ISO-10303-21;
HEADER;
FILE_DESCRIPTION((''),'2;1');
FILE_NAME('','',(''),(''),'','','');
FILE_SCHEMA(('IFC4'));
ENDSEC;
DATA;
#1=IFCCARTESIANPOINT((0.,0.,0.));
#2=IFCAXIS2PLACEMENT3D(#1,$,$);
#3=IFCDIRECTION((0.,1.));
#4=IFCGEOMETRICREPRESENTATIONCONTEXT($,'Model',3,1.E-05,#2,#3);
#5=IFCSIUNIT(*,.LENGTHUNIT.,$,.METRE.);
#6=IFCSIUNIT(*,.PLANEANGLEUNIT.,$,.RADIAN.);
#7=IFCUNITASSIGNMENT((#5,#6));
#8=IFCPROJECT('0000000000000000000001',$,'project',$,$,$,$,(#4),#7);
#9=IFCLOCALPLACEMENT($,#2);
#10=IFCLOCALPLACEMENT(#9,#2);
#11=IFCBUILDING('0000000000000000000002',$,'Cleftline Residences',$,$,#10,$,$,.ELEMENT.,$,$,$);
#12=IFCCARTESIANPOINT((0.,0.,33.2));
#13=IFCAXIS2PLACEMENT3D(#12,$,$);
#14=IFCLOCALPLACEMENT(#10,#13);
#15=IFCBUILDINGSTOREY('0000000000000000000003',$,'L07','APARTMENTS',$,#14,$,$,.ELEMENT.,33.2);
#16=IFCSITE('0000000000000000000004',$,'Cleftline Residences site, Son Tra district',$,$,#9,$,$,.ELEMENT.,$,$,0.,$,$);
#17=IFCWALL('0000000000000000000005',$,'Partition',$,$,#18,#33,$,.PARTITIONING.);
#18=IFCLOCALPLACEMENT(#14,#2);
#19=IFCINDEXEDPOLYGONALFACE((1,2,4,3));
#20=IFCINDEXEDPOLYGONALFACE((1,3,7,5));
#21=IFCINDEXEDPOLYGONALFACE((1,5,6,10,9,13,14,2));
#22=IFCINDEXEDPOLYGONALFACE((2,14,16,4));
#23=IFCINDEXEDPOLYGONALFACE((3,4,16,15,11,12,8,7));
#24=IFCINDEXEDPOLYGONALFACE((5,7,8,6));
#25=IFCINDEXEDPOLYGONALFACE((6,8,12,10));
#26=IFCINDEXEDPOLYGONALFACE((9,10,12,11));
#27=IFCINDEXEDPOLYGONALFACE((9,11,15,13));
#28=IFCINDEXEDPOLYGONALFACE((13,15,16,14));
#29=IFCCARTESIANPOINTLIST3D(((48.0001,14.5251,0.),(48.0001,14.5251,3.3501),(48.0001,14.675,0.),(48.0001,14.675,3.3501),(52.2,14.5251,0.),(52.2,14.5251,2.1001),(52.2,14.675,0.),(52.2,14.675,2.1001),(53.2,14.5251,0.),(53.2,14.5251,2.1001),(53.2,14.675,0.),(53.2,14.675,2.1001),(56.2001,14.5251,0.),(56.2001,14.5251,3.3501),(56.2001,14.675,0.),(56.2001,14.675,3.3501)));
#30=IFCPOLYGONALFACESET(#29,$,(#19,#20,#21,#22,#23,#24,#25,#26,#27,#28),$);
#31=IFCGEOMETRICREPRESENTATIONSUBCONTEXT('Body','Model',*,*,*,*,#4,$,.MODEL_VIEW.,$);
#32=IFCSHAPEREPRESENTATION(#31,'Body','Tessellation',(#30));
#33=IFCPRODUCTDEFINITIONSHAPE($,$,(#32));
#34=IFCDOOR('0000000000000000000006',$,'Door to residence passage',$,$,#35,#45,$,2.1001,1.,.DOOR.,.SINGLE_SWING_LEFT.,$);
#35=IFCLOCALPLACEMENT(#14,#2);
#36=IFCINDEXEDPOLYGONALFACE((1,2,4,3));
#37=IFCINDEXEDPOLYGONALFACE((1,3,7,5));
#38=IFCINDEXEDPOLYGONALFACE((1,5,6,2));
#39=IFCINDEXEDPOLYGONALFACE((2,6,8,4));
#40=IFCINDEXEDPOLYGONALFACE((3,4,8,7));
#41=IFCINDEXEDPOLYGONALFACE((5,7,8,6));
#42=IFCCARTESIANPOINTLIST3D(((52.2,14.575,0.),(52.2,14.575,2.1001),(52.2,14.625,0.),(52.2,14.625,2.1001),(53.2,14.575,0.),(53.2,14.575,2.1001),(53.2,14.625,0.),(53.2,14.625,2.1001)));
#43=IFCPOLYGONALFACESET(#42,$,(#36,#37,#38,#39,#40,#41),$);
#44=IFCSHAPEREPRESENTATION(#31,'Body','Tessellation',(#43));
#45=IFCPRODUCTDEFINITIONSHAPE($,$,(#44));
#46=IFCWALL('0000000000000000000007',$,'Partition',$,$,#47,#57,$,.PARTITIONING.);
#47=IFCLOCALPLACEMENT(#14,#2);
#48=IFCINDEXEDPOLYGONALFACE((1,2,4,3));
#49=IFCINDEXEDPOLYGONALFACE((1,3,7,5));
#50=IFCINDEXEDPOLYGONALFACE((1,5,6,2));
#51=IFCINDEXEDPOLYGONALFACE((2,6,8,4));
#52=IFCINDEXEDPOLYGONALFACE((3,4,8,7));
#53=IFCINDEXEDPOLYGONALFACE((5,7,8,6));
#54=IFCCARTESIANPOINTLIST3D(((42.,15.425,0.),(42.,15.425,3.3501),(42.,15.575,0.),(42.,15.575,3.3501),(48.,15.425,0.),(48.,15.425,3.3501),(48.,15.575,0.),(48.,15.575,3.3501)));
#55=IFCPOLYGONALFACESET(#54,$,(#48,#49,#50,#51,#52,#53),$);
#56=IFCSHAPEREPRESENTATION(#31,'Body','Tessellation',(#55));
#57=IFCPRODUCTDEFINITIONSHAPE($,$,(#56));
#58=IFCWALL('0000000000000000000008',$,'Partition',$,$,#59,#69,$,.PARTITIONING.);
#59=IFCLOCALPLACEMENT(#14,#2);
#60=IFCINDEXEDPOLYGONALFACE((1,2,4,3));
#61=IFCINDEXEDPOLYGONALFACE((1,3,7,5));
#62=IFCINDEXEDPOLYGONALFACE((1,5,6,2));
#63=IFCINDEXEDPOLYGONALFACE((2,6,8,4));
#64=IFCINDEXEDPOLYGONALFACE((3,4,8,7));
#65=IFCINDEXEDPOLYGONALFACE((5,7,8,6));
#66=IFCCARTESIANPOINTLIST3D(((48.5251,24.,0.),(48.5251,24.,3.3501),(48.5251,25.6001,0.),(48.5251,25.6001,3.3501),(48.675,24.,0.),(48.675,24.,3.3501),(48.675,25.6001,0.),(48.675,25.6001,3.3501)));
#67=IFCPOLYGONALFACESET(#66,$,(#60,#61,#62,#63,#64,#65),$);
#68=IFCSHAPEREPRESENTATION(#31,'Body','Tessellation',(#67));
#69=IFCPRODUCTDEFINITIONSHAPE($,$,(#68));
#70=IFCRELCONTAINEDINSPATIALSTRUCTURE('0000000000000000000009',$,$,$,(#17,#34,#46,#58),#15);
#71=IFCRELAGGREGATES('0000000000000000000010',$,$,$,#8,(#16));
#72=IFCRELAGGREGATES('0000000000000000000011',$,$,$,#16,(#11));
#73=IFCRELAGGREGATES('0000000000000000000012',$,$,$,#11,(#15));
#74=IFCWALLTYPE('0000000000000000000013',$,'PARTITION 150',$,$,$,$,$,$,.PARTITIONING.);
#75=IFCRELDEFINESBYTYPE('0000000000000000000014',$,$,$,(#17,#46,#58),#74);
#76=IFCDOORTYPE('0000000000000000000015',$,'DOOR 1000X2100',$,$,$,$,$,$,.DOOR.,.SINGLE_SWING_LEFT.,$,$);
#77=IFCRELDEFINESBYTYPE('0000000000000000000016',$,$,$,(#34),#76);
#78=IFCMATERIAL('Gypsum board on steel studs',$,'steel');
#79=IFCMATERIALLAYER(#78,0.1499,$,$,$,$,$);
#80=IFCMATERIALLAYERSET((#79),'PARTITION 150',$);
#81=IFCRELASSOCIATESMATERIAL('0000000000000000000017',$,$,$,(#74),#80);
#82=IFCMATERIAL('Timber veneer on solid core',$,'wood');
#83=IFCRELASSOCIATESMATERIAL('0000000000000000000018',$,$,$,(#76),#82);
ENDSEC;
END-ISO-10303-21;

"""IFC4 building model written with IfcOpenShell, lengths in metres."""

from ifc_helpers import new_model, si_unit, direction, frame, frame_2d, origin, place, context, subcontext, project, spatial, rectangle, extrude, material, layer, layer_set, type_object, element, fill, save


model = new_model("IFC4")

# Units and contexts
model_context = context("Model", 3, precision=1e-05, world=origin(), true_north=direction((0.0, 1.0)))
body_context = subcontext(model_context, "Body", "Model", "MODEL_VIEW")
ifc_project = project(units=[si_unit("LENGTHUNIT", "METRE"), si_unit("PLANEANGLEUNIT", "RADIAN")], contexts=[model_context])

# Site, building, storey
site_placement = place(None, origin())
site = spatial("IfcSite", under=ifc_project, at=site_placement, Name="Cleftline Residences site, Son Tra district", CompositionType="ELEMENT", RefElevation=0.0)
building_placement = place(site_placement, origin())
building = spatial("IfcBuilding", under=site, at=building_placement, Name="Cleftline Residences", CompositionType="ELEMENT")
storey_placement = place(building_placement, frame((0.0, 0.0, 33.2)))
storey = spatial("IfcBuildingStorey", under=building, at=storey_placement, Name="L07", Description="APARTMENTS", CompositionType="ELEMENT", Elevation=33.2)

# Wall, opening, door
ifc_material_1 = material(Name="Gypsum board on steel studs", Category="steel")
ifc_layer_1 = layer(ifc_material_1, 0.1499)
ifc_layer_set_1 = layer_set([ifc_layer_1], Name="PARTITION 150")
wall_type_1 = type_object("IfcWallType", Name="PARTITION 150", PredefinedType="PARTITIONING", material=ifc_layer_set_1)
wall_1_placement = place(storey_placement, frame((48.0, 14.6001, 0.0), z_axis=(0.0, 0.0, 1.0), x_axis=(1.0, 0.0, 0.0)))
wall_1 = element("IfcWall", 1, at=wall_1_placement, inside=storey, type_object=wall_type_1, Name="Partition", PredefinedType="PARTITIONING", context=body_context, shape_type="SweptSolid", body=[
    extrude(rectangle(XDim=8.2, YDim=0.1499, at=frame_2d((4.1001, 0.0))), origin(), (0.0, 0.0, 1.0), 3.3501),
])
opening_1_placement = place(wall_1_placement, frame((4.2, 0.0, 0.0)))
opening_1 = element("IfcOpeningElement", 2, at=opening_1_placement, cuts=wall_1, PredefinedType="OPENING", context=body_context, shape_type="SweptSolid", body=[
    extrude(rectangle(XDim=1.0, YDim=2.1001, at=frame_2d((0.5, 1.05))), frame((0.0, 0.085, 0.0), z_axis=(0.0, -1.0, 0.0), x_axis=(1.0, 0.0, 0.0)), (0.0, 0.0, 1.0), 0.1699),
])
ifc_material_2 = material(Name="Timber veneer on solid core", Category="wood")
door_type_1 = type_object("IfcDoorType", Name="DOOR 1000X2100", OperationType="SINGLE_SWING_LEFT", PredefinedType="DOOR", material=ifc_material_2)
door_1_placement = place(opening_1_placement, origin())
door_1 = element("IfcDoor", 3, at=door_1_placement, inside=storey, type_object=door_type_1, Name="Door to residence passage", OperationType="SINGLE_SWING_LEFT", OverallHeight=2.1001, OverallWidth=1.0, PredefinedType="DOOR", context=body_context, shape_type="SweptSolid", body=[
    extrude(rectangle(XDim=1.0, YDim=2.1001, at=frame_2d((0.5, 1.05))), frame((0.0, 0.0249, 0.0), z_axis=(0.0, -1.0, 0.0), x_axis=(1.0, 0.0, 0.0)), (0.0, 0.0, 1.0), 0.05),
])
fill(opening_1, door_1)

# Walls
wall_2_placement = place(storey_placement, frame((42.0, 15.5, 0.0), z_axis=(0.0, 0.0, 1.0), x_axis=(1.0, 0.0, 0.0)))
element("IfcWall", 4, at=wall_2_placement, inside=storey, type_object=wall_type_1, Name="Partition", PredefinedType="PARTITIONING", context=body_context, shape_type="SweptSolid", body=[
    extrude(rectangle(XDim=6.0, YDim=0.1499, at=frame_2d((3.0, 0.0))), origin(), (0.0, 0.0, 1.0), 3.3501),
])
wall_3_placement = place(storey_placement, frame((48.6001, 24.0, 0.0), z_axis=(0.0, 0.0, 1.0), x_axis=(0.0, 1.0, 0.0)))
element("IfcWall", 5, at=wall_3_placement, inside=storey, type_object=wall_type_1, Name="Partition", PredefinedType="PARTITIONING", context=body_context, shape_type="SweptSolid", body=[
    extrude(rectangle(XDim=1.6001, YDim=0.1499, at=frame_2d((0.8, 0.0))), origin(), (0.0, 0.0, 1.0), 3.3501),
])

save(model, "model.ifc")
